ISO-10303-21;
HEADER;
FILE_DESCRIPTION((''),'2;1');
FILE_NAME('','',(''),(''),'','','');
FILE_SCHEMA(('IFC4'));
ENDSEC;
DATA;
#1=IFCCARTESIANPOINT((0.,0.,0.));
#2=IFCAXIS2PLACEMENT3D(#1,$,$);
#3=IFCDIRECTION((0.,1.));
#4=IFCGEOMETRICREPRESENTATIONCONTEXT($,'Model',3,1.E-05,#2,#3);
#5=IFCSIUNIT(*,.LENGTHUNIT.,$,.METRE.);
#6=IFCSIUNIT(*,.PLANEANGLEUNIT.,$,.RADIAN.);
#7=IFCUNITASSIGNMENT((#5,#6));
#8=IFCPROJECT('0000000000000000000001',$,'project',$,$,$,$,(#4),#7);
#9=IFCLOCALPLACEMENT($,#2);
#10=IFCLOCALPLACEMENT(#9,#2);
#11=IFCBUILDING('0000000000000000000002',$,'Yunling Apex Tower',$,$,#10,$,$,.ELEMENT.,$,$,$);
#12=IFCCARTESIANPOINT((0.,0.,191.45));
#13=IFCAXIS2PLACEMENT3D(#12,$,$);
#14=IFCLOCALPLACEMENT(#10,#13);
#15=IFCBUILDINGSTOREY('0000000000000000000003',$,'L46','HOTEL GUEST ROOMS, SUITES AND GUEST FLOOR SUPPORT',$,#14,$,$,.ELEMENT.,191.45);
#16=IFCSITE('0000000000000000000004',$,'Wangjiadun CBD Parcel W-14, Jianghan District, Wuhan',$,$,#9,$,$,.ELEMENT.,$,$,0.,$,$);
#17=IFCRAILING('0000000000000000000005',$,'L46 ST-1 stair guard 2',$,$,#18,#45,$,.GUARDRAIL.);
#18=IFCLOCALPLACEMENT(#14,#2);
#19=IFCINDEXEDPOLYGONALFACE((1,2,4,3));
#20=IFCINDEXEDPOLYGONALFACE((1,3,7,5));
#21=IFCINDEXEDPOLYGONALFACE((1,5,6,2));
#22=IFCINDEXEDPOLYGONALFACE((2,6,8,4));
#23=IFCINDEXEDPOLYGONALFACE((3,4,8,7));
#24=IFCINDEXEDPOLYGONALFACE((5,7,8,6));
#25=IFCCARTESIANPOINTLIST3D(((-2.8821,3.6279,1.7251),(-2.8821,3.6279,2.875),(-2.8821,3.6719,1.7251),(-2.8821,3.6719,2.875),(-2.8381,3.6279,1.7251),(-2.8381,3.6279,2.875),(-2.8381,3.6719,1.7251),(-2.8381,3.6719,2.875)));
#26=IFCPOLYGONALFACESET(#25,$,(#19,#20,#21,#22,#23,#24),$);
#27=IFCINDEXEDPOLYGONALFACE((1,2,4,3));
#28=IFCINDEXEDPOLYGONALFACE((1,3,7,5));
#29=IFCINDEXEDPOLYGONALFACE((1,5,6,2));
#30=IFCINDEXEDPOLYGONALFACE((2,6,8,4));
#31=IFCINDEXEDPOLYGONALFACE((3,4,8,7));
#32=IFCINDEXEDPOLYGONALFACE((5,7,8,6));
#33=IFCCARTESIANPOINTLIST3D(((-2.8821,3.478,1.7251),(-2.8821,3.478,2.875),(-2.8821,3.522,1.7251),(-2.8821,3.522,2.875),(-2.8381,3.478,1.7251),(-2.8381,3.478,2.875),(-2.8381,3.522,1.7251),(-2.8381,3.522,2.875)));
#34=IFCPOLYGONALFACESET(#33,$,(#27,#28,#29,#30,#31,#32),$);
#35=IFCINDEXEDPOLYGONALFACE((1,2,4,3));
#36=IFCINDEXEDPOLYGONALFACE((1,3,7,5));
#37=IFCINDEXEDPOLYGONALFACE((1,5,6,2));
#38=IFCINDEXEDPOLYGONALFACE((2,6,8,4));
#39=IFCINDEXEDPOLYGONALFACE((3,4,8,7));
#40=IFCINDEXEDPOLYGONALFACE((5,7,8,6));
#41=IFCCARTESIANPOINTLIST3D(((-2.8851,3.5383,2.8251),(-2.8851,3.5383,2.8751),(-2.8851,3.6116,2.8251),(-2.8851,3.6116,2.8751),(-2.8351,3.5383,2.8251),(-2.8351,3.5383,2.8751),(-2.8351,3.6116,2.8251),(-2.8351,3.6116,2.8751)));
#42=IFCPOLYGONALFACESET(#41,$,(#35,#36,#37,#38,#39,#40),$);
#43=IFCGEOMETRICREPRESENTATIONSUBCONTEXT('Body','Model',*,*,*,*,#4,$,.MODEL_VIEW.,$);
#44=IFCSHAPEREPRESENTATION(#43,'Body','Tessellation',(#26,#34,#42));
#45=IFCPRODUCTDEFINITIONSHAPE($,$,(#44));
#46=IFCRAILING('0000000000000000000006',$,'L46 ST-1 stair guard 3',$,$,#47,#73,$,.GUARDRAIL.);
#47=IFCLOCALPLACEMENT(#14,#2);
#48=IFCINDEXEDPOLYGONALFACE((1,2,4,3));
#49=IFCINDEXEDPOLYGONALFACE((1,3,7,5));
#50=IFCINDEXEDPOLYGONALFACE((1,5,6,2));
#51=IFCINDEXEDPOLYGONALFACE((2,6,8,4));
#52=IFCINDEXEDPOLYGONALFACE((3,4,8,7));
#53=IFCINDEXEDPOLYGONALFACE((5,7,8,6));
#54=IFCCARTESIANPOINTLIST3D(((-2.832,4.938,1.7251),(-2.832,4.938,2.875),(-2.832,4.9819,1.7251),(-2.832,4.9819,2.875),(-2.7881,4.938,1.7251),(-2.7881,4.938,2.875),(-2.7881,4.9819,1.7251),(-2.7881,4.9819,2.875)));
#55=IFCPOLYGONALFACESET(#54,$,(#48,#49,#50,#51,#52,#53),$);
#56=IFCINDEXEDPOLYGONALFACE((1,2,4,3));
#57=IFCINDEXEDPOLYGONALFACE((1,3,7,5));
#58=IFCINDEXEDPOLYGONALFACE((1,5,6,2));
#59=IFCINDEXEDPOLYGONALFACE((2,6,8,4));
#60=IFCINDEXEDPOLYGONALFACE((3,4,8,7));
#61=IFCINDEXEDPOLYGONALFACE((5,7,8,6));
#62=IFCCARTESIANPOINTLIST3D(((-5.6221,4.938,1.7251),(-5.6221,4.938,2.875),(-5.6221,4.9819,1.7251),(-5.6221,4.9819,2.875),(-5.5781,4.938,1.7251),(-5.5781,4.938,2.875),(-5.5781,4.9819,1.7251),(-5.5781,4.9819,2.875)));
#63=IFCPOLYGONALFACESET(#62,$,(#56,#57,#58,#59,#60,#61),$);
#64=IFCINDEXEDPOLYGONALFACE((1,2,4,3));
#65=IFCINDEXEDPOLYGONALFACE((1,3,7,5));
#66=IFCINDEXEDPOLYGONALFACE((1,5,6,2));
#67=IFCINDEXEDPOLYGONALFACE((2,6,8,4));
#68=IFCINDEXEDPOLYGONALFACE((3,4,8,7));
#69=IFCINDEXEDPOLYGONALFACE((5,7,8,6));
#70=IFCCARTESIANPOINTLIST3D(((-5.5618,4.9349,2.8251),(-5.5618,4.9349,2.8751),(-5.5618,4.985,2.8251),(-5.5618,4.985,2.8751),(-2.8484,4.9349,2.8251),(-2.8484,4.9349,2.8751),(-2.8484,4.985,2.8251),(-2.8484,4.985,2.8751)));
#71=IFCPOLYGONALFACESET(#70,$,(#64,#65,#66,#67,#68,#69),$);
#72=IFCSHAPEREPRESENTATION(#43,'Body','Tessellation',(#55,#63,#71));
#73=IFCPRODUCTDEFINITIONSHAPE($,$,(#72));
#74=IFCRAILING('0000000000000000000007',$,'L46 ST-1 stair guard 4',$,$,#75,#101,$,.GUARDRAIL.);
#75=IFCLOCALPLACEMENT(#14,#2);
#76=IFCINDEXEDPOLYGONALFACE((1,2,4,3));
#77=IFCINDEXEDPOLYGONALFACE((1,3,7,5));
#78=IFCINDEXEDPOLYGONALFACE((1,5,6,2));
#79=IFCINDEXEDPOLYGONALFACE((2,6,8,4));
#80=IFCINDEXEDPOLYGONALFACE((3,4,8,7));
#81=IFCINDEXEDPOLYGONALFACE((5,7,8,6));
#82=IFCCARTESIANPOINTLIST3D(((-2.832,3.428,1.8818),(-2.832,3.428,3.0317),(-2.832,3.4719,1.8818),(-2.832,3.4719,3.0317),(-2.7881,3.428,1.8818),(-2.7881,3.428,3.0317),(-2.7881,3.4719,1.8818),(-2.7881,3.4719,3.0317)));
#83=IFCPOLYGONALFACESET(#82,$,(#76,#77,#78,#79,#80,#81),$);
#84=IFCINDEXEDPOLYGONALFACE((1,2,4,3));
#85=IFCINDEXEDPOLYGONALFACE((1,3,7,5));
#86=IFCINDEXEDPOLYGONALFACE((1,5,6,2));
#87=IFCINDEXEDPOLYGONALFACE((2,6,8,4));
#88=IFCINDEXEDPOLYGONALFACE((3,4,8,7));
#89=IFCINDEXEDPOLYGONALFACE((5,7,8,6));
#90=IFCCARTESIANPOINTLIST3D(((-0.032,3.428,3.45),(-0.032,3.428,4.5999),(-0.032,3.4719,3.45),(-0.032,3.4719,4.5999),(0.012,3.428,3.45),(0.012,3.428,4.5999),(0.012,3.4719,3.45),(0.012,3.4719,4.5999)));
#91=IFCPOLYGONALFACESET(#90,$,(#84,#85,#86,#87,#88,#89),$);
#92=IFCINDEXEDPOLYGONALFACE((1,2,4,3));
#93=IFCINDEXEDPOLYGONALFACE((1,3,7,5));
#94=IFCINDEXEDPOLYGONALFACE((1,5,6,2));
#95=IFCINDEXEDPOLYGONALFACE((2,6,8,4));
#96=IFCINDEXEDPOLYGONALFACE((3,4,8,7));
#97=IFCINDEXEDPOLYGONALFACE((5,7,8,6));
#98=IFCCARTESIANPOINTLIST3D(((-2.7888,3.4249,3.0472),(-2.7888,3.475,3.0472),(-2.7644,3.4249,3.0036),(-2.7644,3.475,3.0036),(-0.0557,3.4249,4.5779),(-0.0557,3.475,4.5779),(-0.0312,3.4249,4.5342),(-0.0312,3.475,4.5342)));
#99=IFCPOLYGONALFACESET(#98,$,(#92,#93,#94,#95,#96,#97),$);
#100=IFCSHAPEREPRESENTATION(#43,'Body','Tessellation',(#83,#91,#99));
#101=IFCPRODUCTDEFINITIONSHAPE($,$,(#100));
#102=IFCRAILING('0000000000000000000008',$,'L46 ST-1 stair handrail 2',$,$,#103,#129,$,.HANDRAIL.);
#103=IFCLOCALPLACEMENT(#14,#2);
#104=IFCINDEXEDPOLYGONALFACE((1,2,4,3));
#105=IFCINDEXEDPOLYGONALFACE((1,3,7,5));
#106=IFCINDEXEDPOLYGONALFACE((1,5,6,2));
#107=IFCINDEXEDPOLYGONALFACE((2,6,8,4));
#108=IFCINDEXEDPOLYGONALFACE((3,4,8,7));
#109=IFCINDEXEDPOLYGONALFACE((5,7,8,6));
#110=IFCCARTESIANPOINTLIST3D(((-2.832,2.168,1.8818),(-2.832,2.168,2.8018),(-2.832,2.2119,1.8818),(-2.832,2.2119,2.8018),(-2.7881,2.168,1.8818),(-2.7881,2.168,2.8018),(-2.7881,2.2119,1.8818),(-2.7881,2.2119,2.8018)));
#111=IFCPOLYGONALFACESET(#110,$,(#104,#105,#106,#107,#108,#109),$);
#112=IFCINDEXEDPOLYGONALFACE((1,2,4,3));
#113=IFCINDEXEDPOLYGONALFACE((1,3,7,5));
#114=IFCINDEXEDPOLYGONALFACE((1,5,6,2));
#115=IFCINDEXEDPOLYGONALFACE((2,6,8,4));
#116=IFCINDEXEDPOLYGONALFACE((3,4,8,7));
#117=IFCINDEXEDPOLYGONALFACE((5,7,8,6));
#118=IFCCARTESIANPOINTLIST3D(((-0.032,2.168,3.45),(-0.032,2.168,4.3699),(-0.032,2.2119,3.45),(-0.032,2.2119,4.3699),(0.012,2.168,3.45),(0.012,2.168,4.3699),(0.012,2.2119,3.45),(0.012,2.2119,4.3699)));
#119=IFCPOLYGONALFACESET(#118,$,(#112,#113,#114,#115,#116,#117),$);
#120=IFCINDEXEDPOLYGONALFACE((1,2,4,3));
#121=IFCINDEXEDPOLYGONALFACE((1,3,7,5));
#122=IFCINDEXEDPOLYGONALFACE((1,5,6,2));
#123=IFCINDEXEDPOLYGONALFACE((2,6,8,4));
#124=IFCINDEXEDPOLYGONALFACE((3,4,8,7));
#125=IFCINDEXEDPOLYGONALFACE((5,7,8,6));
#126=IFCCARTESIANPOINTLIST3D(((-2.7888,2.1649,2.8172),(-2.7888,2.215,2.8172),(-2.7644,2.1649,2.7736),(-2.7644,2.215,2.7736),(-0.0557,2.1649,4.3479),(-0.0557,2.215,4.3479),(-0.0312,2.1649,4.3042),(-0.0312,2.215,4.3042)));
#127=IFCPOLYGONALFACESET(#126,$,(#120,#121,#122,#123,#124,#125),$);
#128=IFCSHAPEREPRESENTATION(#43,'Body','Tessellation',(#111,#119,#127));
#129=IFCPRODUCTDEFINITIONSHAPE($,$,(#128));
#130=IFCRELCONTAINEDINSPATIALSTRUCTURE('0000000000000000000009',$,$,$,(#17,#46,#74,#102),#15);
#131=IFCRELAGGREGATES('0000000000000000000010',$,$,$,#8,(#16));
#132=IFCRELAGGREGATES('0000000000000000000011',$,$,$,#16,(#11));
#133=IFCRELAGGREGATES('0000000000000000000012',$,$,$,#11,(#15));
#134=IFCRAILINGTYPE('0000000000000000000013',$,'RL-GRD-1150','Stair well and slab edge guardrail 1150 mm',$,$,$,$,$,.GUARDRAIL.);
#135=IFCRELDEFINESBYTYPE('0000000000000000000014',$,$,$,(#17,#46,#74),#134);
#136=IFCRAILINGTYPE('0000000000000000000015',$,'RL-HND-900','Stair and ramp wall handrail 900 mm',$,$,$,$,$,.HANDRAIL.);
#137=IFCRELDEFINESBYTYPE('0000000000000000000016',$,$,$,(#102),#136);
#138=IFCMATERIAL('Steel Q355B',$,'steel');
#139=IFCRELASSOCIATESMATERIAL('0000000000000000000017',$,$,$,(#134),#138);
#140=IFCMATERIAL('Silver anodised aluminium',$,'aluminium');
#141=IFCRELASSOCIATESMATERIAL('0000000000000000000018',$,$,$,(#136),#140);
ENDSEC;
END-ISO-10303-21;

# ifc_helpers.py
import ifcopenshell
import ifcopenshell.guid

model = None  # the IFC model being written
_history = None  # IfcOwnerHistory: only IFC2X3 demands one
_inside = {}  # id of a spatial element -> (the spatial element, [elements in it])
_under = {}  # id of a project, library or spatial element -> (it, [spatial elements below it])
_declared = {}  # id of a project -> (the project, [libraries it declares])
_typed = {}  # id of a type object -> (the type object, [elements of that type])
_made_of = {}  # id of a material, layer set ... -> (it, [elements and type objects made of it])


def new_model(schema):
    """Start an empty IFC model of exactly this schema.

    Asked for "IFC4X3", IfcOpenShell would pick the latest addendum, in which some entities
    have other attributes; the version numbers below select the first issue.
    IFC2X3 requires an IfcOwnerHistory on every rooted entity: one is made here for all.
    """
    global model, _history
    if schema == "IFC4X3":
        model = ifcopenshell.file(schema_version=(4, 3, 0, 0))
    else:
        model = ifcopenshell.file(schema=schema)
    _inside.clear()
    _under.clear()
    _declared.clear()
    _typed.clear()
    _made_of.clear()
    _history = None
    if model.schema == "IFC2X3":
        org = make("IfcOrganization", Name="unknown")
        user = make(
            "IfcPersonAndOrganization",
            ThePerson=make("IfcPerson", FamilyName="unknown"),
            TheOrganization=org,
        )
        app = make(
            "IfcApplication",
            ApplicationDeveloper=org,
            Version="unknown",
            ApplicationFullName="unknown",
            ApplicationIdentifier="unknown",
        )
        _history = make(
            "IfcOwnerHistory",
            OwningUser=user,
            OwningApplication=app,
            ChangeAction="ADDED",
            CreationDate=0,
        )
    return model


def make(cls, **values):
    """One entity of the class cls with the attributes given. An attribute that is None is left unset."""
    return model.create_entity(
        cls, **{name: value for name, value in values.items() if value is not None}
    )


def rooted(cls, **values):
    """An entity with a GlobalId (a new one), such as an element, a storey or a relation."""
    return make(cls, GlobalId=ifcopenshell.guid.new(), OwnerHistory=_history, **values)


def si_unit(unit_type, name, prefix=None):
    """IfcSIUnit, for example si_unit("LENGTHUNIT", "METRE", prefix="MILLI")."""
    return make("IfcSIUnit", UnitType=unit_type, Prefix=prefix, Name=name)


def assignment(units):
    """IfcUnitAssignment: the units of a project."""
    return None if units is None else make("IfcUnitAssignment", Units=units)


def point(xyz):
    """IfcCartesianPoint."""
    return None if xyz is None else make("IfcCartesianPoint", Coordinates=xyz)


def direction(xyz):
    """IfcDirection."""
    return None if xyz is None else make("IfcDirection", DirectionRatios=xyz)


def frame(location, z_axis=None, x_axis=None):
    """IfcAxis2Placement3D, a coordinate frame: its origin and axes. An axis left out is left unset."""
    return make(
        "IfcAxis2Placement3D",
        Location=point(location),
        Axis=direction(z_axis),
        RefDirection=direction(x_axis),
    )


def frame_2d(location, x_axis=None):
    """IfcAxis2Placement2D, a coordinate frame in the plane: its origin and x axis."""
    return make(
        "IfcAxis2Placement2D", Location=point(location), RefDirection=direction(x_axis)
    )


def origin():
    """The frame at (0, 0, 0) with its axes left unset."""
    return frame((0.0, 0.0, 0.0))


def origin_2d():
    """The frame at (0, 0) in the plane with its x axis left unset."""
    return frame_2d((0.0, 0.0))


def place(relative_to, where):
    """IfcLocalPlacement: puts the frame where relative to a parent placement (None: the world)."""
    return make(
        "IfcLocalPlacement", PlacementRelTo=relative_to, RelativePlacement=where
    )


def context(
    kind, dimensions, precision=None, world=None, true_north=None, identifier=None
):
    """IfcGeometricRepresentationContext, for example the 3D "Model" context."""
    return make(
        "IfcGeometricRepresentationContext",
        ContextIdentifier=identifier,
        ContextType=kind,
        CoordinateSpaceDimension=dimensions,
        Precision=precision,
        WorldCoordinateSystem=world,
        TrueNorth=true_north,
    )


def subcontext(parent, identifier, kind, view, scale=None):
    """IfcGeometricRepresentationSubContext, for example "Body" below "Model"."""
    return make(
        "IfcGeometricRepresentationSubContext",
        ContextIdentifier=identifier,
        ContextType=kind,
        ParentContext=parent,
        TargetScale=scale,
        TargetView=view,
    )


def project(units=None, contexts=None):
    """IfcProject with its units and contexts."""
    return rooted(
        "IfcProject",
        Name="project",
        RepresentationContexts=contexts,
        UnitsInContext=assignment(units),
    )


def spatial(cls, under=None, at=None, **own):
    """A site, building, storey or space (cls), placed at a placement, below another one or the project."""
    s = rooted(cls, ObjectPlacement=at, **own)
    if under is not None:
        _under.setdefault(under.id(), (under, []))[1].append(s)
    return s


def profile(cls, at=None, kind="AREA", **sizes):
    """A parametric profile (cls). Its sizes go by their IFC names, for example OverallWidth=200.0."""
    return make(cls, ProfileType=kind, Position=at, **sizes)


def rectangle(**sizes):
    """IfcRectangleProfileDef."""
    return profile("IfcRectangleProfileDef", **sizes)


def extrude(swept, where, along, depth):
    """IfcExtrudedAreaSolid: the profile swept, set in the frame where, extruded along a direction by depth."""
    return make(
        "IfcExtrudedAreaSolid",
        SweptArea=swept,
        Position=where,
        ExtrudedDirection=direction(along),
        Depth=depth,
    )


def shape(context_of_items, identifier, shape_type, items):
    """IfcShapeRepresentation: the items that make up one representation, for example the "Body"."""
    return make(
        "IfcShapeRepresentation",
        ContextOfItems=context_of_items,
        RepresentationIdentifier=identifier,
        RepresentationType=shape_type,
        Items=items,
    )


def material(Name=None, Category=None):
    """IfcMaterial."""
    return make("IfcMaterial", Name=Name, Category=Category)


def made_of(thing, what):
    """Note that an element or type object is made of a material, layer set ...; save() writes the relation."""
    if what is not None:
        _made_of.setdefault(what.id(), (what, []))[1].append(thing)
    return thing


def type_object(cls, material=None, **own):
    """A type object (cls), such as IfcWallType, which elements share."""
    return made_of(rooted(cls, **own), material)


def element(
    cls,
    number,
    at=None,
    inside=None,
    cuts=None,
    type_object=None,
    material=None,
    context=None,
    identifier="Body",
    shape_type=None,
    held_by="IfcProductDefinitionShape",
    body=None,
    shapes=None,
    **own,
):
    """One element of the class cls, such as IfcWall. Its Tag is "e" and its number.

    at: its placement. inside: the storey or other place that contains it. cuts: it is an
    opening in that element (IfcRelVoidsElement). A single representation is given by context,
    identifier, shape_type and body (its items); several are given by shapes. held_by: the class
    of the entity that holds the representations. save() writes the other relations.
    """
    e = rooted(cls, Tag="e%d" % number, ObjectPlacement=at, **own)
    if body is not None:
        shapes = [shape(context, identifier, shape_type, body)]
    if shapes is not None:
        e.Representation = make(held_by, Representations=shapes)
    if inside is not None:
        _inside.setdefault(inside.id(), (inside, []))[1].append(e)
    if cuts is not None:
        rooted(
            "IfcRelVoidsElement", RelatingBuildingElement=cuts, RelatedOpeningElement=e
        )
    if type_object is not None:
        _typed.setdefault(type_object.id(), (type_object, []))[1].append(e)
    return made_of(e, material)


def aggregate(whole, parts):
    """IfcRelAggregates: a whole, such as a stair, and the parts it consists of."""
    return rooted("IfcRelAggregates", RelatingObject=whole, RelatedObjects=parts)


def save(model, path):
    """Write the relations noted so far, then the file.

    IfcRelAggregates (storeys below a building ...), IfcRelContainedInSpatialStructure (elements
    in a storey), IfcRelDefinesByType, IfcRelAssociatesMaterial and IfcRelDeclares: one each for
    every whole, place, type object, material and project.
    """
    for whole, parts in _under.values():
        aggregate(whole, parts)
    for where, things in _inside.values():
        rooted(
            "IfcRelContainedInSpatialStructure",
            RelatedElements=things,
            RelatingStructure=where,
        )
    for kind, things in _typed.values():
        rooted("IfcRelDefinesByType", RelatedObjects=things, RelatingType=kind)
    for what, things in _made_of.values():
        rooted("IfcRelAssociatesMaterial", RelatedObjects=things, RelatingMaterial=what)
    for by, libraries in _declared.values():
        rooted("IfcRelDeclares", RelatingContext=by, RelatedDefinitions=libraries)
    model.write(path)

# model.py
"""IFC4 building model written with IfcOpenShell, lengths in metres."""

from ifc_helpers import new_model, si_unit, direction, frame, origin, origin_2d, place, context, subcontext, project, spatial, rectangle, extrude, material, type_object, element, save


model = new_model("IFC4")

# Units and contexts
model_context = context("Model", 3, precision=1e-05, world=origin(), true_north=direction((0.0, 1.0)))
body_context = subcontext(model_context, "Body", "Model", "MODEL_VIEW")
ifc_project = project(units=[si_unit("LENGTHUNIT", "METRE"), si_unit("PLANEANGLEUNIT", "RADIAN")], contexts=[model_context])

# Site, building, storey
site_placement = place(None, origin())
site = spatial("IfcSite", under=ifc_project, at=site_placement, Name="Wangjiadun CBD Parcel W-14, Jianghan District, Wuhan", CompositionType="ELEMENT", RefElevation=0.0)
building_placement = place(site_placement, origin())
building = spatial("IfcBuilding", under=site, at=building_placement, Name="Yunling Apex Tower", CompositionType="ELEMENT")
storey_placement = place(building_placement, frame((0.0, 0.0, 191.45)))
storey = spatial("IfcBuildingStorey", under=building, at=storey_placement, Name="L46", Description="HOTEL GUEST ROOMS, SUITES AND GUEST FLOOR SUPPORT", CompositionType="ELEMENT", Elevation=191.45)

# Shared definitions
ifc_material_1 = material(Name="Steel Q355B", Category="steel")

# Shared definitions
ifc_material_2 = material(Name="Silver anodised aluminium", Category="aluminium")

# Railings
railing_type_1 = type_object("IfcRailingType", Name="RL-GRD-1150", Description="Stair well and slab edge guardrail 1150 mm", PredefinedType="GUARDRAIL", material=ifc_material_1)
railing_1_placement = place(storey_placement, frame((-2.8601, 3.6499, 1.7251)))
element("IfcRailing", 1, at=railing_1_placement, inside=storey, type_object=railing_type_1, Name="L46 ST-1 stair guard 2", PredefinedType="GUARDRAIL", context=body_context, shape_type="SweptSolid", body=[
    extrude(rectangle(XDim=0.0439, YDim=0.0439, at=origin_2d()), origin(), (0.0, 0.0, 1.0), 1.1499),
    extrude(rectangle(XDim=0.0439, YDim=0.0439, at=origin_2d()), frame((0.0, -0.1499, 0.0)), (0.0, 0.0, 1.0), 1.1499),
    extrude(rectangle(XDim=0.05, YDim=0.05, at=origin_2d()), frame((0.0, -0.0383, 1.125), z_axis=(0.0, -1.0, 0.0), x_axis=(1.0, 0.0, 0.0)), (0.0, 0.0, 1.0), 0.0732),
])
railing_2_placement = place(storey_placement, frame((-2.8101, 4.96, 1.7251)))
element("IfcRailing", 2, at=railing_2_placement, inside=storey, type_object=railing_type_1, Name="L46 ST-1 stair guard 3", PredefinedType="GUARDRAIL", context=body_context, shape_type="SweptSolid", body=[
    extrude(rectangle(XDim=0.0439, YDim=0.0439, at=origin_2d()), origin(), (0.0, 0.0, 1.0), 1.1499),
    extrude(rectangle(XDim=0.0439, YDim=0.0439, at=origin_2d()), frame((-2.79, 0.0, 0.0)), (0.0, 0.0, 1.0), 1.1499),
    extrude(rectangle(XDim=0.05, YDim=0.05, at=origin_2d()), frame((-0.0383, 0.0, 1.125), z_axis=(-1.0, 0.0, 0.0), x_axis=(0.0, -1.0, 0.0)), (0.0, 0.0, 1.0), 2.7134),
])
railing_3_placement = place(storey_placement, frame((-2.8101, 3.45, 1.8818)))
element("IfcRailing", 3, at=railing_3_placement, inside=storey, type_object=railing_type_1, Name="L46 ST-1 stair guard 4", PredefinedType="GUARDRAIL", context=body_context, shape_type="SweptSolid", body=[
    extrude(rectangle(XDim=0.0439, YDim=0.0439, at=origin_2d()), origin(), (0.0, 0.0, 1.0), 1.1499),
    extrude(rectangle(XDim=0.0439, YDim=0.0439, at=origin_2d()), frame((2.8, 0.0, 1.5681)), (0.0, 0.0, 1.0), 1.1499),
    extrude(rectangle(XDim=0.05, YDim=0.05, at=origin_2d()), frame((0.0334, 0.0, 1.1436), z_axis=(0.872494, 0.0, 0.488624), x_axis=(0.0, 1.0, 0.0)), (0.0, 0.0, 1.0), 3.1326),
])
railing_type_2 = type_object("IfcRailingType", Name="RL-HND-900", Description="Stair and ramp wall handrail 900 mm", PredefinedType="HANDRAIL", material=ifc_material_2)
railing_4_placement = place(storey_placement, frame((-2.8101, 2.1899, 1.8818)))
element("IfcRailing", 4, at=railing_4_placement, inside=storey, type_object=railing_type_2, Name="L46 ST-1 stair handrail 2", PredefinedType="HANDRAIL", context=body_context, shape_type="SweptSolid", body=[
    extrude(rectangle(XDim=0.0439, YDim=0.0439, at=origin_2d()), origin(), (0.0, 0.0, 1.0), 0.9199),
    extrude(rectangle(XDim=0.0439, YDim=0.0439, at=origin_2d()), frame((2.8, 0.0, 1.5681)), (0.0, 0.0, 1.0), 0.9199),
    extrude(rectangle(XDim=0.05, YDim=0.05, at=origin_2d()), frame((0.0334, 0.0, 0.9136), z_axis=(0.872494, 0.0, 0.488624), x_axis=(0.0, 1.0, 0.0)), (0.0, 0.0, 1.0), 3.1326),
])

save(model, "model.ifc")
